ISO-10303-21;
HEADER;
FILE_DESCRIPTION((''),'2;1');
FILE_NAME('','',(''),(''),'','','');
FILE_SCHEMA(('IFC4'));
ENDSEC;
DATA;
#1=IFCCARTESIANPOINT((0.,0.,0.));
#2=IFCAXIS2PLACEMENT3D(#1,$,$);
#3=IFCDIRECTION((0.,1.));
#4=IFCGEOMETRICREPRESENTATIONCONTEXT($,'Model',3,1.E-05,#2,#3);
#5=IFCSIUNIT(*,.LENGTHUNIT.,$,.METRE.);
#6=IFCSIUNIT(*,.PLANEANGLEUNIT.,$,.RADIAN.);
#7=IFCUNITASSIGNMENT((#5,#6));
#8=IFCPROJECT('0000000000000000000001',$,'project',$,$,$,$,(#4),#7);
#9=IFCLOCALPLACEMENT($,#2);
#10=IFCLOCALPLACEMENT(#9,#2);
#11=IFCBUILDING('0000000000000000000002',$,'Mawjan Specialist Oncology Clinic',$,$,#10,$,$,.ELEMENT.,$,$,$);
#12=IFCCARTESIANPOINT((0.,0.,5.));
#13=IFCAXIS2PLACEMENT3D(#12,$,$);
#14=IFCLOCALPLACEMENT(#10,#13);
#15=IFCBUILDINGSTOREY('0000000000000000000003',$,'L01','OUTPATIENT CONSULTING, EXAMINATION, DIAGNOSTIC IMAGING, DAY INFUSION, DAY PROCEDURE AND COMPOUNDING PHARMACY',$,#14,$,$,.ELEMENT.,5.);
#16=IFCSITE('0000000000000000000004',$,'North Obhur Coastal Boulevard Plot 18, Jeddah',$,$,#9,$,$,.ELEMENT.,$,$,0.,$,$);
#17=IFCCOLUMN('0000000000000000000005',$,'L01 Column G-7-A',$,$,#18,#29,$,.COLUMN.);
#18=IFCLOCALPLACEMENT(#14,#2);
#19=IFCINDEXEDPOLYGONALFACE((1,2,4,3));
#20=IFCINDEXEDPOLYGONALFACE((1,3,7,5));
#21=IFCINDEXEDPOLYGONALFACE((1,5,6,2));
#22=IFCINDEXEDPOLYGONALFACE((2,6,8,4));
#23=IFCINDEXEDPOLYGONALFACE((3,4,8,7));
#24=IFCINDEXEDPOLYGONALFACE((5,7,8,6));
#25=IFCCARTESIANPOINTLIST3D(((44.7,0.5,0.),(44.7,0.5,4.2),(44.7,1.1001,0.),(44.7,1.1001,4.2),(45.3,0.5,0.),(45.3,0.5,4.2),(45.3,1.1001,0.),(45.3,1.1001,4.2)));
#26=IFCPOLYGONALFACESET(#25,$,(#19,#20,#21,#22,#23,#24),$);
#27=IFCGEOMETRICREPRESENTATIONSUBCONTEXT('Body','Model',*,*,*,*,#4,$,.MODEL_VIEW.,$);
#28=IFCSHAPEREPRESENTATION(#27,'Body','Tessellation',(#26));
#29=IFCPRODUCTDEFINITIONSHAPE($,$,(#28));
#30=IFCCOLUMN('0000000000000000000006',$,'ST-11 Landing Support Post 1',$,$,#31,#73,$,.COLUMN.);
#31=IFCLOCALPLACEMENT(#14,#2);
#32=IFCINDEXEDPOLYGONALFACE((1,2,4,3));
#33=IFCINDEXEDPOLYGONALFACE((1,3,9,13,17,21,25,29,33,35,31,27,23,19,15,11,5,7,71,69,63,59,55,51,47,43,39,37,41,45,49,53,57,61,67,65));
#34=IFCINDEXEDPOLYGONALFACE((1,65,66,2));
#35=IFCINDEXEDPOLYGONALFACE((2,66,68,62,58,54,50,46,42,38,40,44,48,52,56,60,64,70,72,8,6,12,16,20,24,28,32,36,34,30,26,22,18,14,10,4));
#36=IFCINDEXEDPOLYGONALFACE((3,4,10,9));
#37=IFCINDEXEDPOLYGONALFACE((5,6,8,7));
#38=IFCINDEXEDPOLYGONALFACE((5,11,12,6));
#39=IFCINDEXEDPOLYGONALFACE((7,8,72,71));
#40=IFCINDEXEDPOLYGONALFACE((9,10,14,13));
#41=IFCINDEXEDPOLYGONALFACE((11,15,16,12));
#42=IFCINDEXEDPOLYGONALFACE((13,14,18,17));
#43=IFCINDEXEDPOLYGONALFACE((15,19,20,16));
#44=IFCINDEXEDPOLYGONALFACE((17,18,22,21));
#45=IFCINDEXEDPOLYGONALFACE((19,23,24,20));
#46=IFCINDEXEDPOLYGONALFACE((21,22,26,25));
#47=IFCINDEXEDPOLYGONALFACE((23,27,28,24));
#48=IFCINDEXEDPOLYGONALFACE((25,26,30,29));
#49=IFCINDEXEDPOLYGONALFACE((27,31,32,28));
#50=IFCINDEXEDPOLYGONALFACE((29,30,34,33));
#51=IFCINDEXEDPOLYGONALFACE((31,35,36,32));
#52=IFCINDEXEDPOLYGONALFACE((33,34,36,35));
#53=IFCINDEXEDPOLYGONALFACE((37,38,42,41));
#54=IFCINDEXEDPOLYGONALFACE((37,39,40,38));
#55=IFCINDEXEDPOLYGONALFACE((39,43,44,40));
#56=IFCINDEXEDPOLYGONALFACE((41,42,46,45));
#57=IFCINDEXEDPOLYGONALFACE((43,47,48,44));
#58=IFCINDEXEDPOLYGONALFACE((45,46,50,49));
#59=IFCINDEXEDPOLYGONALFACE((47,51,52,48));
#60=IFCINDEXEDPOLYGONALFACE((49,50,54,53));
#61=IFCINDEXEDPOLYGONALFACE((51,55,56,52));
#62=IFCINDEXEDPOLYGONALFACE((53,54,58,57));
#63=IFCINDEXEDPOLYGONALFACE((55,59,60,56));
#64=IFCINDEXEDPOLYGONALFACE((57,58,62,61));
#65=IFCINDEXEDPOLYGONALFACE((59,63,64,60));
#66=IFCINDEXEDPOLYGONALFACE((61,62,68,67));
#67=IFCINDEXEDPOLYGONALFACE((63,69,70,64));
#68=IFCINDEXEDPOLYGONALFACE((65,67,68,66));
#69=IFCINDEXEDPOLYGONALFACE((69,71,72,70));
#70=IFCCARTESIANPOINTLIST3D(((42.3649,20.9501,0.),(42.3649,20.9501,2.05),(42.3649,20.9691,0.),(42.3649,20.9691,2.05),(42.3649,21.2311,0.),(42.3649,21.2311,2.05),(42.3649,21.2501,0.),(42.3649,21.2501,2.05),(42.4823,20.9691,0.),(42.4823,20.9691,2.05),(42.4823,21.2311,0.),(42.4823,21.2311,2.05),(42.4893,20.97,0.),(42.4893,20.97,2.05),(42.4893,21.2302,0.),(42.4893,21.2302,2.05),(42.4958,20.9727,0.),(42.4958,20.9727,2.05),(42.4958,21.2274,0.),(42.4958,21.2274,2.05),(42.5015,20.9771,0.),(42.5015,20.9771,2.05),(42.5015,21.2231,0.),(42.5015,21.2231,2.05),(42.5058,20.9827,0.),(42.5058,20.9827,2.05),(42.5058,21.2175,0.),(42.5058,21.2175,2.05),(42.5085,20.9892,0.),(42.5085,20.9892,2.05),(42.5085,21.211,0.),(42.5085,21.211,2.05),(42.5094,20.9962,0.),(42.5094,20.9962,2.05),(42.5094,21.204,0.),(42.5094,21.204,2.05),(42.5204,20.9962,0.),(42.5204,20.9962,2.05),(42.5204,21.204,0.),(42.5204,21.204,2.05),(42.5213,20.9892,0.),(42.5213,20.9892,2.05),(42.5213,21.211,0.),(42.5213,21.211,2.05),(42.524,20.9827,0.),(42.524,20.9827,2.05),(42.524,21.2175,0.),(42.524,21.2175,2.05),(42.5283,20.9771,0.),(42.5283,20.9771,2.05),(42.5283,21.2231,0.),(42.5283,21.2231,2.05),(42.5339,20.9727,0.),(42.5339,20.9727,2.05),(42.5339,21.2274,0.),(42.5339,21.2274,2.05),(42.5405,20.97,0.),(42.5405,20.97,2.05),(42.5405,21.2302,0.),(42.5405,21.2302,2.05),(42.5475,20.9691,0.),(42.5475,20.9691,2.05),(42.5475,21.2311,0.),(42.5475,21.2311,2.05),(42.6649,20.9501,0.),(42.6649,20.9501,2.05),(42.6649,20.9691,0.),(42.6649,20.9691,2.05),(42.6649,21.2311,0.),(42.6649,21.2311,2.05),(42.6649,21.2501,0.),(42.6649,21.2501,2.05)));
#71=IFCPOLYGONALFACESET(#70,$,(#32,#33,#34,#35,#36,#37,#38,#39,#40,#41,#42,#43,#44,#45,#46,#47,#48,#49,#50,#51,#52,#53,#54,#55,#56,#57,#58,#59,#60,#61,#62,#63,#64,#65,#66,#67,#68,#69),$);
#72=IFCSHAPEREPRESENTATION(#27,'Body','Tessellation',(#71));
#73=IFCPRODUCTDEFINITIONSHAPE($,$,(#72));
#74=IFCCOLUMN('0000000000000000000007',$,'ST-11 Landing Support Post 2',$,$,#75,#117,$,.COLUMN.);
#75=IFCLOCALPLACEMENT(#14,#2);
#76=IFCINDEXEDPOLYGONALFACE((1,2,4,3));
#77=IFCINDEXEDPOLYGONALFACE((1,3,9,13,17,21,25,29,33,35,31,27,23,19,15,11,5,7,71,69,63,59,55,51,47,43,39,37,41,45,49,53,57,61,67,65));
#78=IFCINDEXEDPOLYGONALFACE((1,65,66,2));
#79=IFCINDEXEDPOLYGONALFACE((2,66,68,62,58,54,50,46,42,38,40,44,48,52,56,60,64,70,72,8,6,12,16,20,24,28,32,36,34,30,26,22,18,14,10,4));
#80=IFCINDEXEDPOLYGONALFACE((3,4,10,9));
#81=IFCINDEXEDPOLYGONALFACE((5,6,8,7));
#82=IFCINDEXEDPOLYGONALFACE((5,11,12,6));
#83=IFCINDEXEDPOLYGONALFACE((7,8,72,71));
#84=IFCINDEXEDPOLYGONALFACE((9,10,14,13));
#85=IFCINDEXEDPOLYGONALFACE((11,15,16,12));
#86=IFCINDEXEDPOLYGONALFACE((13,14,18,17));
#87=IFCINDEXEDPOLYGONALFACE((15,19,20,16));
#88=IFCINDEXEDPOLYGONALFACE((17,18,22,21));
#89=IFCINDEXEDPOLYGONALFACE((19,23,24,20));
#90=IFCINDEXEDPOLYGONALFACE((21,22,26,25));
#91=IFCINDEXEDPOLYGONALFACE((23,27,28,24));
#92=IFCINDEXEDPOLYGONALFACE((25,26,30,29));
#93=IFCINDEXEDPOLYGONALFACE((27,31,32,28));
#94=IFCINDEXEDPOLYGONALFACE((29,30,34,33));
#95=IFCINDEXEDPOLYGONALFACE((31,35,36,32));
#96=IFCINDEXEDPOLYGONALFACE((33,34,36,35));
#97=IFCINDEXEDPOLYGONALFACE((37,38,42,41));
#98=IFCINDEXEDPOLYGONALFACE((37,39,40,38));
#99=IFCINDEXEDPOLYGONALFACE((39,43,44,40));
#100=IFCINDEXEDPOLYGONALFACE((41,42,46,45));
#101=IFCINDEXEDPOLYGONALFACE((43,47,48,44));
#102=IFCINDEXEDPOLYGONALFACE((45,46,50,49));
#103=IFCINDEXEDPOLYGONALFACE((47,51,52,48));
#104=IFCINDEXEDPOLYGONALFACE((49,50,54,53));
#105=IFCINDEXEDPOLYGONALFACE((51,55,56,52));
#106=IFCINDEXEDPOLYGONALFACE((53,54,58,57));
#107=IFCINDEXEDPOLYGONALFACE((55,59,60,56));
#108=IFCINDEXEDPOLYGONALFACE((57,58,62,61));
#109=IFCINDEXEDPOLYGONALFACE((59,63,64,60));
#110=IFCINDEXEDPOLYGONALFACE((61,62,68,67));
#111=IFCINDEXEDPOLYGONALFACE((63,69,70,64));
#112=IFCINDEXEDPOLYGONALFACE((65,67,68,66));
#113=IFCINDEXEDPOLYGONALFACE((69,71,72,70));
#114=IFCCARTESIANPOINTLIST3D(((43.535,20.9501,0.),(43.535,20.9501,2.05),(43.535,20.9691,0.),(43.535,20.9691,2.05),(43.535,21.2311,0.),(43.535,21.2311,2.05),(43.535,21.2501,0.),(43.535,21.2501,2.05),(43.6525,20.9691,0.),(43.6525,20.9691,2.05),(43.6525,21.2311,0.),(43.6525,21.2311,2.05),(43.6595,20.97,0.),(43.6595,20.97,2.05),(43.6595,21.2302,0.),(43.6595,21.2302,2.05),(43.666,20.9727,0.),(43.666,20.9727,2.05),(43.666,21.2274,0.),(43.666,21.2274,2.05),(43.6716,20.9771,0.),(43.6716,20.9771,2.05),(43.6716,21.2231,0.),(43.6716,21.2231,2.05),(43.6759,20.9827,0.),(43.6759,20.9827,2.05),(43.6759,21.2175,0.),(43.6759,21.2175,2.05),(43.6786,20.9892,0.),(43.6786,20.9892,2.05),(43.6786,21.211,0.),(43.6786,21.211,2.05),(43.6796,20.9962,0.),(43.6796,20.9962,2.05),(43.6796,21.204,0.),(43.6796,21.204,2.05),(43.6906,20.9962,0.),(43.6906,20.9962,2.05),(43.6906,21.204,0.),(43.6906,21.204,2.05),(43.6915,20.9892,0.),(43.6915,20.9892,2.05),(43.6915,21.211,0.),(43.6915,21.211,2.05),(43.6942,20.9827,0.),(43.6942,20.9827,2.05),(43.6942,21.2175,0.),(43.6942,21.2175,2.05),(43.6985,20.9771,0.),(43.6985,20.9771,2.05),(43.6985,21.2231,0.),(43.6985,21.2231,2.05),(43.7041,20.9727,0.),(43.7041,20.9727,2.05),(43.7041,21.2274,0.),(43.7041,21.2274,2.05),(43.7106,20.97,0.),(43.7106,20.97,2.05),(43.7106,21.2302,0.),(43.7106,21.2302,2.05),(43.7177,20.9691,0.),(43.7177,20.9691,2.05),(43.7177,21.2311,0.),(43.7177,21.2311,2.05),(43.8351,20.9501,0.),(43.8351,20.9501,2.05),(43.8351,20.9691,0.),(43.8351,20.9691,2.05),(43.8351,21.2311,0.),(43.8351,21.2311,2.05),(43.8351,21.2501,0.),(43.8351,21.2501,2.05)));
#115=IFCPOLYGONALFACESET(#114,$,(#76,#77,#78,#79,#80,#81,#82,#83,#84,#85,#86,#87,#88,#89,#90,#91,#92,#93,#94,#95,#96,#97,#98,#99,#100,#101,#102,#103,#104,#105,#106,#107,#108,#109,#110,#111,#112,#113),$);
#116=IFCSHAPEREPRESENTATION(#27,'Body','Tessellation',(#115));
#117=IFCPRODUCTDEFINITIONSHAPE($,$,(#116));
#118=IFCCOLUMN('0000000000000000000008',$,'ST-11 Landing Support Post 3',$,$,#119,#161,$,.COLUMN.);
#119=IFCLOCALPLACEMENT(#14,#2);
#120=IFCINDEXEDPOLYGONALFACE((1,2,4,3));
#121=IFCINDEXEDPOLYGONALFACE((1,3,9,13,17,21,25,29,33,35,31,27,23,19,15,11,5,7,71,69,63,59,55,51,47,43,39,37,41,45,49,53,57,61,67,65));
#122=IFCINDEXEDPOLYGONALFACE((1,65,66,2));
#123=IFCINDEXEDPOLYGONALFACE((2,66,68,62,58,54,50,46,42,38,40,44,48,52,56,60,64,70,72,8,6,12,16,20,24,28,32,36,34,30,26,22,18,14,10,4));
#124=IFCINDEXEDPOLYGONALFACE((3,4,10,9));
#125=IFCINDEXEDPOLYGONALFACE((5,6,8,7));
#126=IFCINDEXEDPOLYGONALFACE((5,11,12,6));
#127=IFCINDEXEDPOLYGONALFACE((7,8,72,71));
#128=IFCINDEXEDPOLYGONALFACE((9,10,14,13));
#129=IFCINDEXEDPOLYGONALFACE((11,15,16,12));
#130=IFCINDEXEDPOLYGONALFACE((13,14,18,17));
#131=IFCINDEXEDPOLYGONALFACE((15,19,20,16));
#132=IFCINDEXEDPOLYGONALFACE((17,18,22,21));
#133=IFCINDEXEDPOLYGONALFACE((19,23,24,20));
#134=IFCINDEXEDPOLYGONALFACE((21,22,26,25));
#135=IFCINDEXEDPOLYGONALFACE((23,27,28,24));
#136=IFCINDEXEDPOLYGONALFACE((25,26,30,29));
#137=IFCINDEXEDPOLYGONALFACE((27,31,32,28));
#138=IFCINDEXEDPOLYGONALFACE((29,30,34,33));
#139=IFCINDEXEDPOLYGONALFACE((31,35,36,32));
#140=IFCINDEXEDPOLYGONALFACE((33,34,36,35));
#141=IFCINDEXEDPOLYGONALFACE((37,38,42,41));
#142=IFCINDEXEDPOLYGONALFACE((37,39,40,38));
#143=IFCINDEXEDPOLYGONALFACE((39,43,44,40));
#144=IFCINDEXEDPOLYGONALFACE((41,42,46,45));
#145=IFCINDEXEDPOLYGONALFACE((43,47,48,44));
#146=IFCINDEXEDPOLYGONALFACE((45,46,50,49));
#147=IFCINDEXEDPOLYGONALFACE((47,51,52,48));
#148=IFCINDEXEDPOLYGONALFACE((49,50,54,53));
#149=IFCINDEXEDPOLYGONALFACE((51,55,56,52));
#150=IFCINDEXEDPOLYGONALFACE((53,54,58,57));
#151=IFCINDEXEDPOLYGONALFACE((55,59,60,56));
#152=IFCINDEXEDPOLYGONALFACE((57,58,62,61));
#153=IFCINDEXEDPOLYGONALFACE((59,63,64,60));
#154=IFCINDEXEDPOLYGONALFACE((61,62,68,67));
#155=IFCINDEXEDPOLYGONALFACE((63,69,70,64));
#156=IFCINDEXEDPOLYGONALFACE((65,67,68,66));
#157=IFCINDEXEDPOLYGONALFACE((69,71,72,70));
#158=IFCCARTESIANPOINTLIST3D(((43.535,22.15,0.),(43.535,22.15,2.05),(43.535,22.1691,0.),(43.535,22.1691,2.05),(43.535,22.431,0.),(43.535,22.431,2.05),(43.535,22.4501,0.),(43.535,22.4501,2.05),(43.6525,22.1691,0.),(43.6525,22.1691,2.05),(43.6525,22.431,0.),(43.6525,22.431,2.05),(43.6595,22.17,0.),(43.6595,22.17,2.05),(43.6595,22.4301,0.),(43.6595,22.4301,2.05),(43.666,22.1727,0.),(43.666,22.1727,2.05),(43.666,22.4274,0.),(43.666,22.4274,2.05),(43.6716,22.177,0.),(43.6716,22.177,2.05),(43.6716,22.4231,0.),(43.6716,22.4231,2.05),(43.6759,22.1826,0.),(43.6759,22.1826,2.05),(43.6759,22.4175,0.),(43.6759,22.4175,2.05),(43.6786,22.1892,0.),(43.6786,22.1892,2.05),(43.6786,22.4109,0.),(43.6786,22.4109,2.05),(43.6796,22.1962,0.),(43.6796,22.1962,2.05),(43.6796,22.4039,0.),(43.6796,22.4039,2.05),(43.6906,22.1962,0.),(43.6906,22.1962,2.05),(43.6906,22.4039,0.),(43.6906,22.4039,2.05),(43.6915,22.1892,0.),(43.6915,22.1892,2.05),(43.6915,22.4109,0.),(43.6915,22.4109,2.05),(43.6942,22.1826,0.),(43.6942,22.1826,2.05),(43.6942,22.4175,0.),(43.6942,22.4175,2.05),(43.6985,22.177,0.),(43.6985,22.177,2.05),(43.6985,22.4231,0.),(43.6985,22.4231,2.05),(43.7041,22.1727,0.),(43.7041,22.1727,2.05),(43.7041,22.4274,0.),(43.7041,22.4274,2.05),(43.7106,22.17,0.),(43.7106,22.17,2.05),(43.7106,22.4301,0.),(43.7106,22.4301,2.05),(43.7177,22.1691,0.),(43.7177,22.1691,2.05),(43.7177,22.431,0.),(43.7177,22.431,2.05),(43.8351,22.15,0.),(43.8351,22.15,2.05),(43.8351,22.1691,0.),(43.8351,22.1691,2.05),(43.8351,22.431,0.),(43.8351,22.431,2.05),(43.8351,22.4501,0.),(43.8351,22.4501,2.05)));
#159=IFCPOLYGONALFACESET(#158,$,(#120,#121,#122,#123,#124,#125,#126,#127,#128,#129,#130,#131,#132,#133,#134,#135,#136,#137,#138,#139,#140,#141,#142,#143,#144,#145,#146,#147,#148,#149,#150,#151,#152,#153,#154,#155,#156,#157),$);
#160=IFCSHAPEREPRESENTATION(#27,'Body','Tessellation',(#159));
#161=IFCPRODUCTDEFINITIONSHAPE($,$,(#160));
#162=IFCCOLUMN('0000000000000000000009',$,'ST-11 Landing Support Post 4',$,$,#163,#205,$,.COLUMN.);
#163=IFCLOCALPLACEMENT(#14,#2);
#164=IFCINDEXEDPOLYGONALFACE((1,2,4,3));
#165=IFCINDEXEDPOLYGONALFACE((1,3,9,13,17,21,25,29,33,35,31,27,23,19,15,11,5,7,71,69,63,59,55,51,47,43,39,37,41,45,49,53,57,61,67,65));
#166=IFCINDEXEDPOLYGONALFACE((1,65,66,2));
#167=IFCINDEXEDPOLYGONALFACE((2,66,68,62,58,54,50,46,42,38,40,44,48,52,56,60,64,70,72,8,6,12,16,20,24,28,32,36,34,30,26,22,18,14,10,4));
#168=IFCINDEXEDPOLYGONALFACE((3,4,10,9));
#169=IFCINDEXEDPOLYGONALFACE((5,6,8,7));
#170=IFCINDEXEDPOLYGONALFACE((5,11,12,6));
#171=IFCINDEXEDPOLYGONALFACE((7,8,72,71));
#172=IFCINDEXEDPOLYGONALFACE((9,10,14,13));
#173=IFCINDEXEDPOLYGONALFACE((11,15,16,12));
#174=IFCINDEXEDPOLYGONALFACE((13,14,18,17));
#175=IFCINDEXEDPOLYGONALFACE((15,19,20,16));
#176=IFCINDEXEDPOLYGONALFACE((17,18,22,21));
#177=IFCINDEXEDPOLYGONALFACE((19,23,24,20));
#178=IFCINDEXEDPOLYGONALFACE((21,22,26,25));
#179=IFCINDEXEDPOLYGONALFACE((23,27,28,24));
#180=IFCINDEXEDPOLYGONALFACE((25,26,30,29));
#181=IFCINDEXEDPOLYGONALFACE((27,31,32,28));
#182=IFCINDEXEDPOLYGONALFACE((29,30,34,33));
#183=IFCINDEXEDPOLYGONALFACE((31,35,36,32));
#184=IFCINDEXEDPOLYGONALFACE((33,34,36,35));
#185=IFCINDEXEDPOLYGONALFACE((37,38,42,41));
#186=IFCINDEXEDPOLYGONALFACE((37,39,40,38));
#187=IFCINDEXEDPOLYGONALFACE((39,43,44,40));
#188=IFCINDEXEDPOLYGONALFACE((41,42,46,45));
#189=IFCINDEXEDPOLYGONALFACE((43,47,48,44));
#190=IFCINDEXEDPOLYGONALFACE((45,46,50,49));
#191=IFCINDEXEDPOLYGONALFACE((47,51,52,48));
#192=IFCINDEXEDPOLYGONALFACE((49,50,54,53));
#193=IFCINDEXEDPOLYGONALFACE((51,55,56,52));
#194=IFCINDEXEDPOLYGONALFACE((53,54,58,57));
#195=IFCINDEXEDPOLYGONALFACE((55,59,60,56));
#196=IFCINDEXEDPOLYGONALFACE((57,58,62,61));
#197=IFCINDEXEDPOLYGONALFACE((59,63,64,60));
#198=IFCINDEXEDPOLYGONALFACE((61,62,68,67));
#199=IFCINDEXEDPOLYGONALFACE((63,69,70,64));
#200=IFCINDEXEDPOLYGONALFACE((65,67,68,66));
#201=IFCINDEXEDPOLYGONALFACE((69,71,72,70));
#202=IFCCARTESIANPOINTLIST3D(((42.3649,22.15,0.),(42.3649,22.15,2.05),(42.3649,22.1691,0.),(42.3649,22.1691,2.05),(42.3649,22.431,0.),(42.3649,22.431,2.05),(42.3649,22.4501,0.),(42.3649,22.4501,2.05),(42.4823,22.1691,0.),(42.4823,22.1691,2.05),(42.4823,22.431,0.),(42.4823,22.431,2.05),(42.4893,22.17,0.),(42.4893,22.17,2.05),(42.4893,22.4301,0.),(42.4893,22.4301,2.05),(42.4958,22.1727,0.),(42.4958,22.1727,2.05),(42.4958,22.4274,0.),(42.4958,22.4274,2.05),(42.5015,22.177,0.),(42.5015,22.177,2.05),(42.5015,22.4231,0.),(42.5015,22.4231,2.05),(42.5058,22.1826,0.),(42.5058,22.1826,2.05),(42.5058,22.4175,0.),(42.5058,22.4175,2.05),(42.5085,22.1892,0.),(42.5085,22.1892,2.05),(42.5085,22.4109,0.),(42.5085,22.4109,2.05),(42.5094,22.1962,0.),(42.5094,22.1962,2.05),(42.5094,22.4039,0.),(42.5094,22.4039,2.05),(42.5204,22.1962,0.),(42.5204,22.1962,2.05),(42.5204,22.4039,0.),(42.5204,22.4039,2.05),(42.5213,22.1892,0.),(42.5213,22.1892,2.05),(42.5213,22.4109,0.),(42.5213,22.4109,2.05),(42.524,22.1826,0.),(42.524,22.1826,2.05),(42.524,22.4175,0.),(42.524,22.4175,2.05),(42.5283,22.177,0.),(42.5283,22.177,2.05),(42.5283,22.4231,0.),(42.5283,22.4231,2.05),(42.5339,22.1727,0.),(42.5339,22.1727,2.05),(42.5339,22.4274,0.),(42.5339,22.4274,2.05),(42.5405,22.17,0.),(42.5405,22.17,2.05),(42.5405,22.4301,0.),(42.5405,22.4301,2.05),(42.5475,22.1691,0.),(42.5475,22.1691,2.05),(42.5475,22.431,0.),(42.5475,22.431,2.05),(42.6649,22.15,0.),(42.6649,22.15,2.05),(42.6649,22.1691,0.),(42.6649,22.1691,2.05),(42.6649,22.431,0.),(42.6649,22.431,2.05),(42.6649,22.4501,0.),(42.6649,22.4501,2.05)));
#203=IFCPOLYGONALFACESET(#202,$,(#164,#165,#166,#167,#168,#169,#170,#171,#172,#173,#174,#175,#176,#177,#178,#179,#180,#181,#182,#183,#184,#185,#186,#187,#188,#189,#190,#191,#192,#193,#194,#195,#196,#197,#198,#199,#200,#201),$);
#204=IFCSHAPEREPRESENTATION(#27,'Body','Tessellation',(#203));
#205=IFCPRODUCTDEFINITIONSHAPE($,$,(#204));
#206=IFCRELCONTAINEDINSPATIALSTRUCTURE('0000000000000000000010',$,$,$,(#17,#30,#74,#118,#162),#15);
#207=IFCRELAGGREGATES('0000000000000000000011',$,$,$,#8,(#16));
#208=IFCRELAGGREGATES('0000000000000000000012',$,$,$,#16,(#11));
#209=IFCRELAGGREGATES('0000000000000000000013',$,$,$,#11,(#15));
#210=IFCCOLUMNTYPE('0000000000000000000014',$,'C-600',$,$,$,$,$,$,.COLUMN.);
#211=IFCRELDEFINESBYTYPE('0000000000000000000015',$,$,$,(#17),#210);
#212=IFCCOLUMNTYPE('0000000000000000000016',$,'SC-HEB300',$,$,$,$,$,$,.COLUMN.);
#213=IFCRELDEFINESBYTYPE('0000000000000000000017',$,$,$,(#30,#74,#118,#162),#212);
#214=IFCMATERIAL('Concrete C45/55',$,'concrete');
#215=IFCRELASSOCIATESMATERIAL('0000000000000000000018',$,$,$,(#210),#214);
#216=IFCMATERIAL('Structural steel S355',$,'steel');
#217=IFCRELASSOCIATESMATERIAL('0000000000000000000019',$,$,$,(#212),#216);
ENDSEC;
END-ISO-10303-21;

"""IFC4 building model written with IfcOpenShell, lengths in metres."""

from ifc_helpers import new_model, si_unit, direction, frame, origin, origin_2d, place, context, subcontext, project, spatial, rectangle, i_section, extrude, material, material_profile, profile_set, type_object, element, save


model = new_model("IFC4")

# Units and contexts
model_context = context("Model", 3, precision=1e-05, world=origin(), true_north=direction((0.0, 1.0)))
body_context = subcontext(model_context, "Body", "Model", "MODEL_VIEW")
ifc_project = project(units=[si_unit("LENGTHUNIT", "METRE"), si_unit("PLANEANGLEUNIT", "RADIAN")], contexts=[model_context])

# Site, building, storey
site_placement = place(None, origin())
site = spatial("IfcSite", under=ifc_project, at=site_placement, Name="North Obhur Coastal Boulevard Plot 18, Jeddah", CompositionType="ELEMENT", RefElevation=0.0)
building_placement = place(site_placement, origin())
building = spatial("IfcBuilding", under=site, at=building_placement, Name="Mawjan Specialist Oncology Clinic", CompositionType="ELEMENT")
storey_placement = place(building_placement, frame((0.0, 0.0, 5.0)))
storey = spatial("IfcBuildingStorey", under=building, at=storey_placement, Name="L01", Description="OUTPATIENT CONSULTING, EXAMINATION, DIAGNOSTIC IMAGING, DAY INFUSION, DAY PROCEDURE AND COMPOUNDING PHARMACY", CompositionType="ELEMENT", Elevation=5.0)

# Columns
ifc_material_1 = material(Name="Concrete C45/55", Category="concrete")
ifc_material_profile_1 = material_profile(ifc_material_1, rectangle(XDim=0.6001, YDim=0.6001, at=origin_2d()), Name="RC COL 600x600", Category="concrete")
ifc_profile_set_1 = profile_set([ifc_material_profile_1], Name="Concrete C45/55")
column_type_1 = type_object("IfcColumnType", Name="C-600", PredefinedType="COLUMN", material=ifc_profile_set_1)
column_placement = place(storey_placement, frame((45.0, 0.8, 0.0), z_axis=(0.0, 0.0, 1.0), x_axis=(1.0, 0.0, 0.0)))
element("IfcColumn", 1, at=column_placement, inside=storey, type_object=column_type_1, Name="L01 Column G-7-A", PredefinedType="COLUMN", context=body_context, shape_type="SweptSolid", body=[
    extrude(rectangle(XDim=0.6001, YDim=0.6001, at=origin_2d()), origin(), (0.0, 0.0, 1.0), 4.2),
])
ifc_material_2 = material(Name="Structural steel S355", Category="steel")
ifc_material_profile_2 = material_profile(ifc_material_2, i_section(OverallWidth=0.3, OverallDepth=0.3, WebThickness=0.011, FlangeThickness=0.019, FilletRadius=0.0271, at=origin_2d()), Name="HEB 300", Category="steel")
ifc_profile_set_2 = profile_set([ifc_material_profile_2], Name="Structural steel S355")
column_type_2 = type_object("IfcColumnType", Name="SC-HEB300", PredefinedType="COLUMN", material=ifc_profile_set_2)
for number, where, z_axis, x_axis, name in (
    (2, (42.5149, 21.1001, 0.0), (0.0, 0.0, 1.0), (1.0, 0.0, 0.0), "ST-11 Landing Support Post 1"),
    (3, (43.6851, 21.1001, 0.0), (0.0, 0.0, 1.0), (1.0, 0.0, 0.0), "ST-11 Landing Support Post 2"),
    (4, (43.6851, 22.3, 0.0), (0.0, 0.0, 1.0), (1.0, 0.0, 0.0), "ST-11 Landing Support Post 3"),
    (5, (42.5149, 22.3, 0.0), (0.0, 0.0, 1.0), (1.0, 0.0, 0.0), "ST-11 Landing Support Post 4"),
):
    element("IfcColumn", number, at=place(storey_placement, frame(where, z_axis=z_axis, x_axis=x_axis)), inside=storey, type_object=column_type_2, Name=name, PredefinedType="COLUMN", context=body_context, shape_type="SweptSolid", body=[
        extrude(i_section(OverallWidth=0.3, OverallDepth=0.3, WebThickness=0.011, FlangeThickness=0.019, FilletRadius=0.0271, at=origin_2d()), origin(), (0.0, 0.0, 1.0), 2.05),
    ])

save(model, "model.ifc")
